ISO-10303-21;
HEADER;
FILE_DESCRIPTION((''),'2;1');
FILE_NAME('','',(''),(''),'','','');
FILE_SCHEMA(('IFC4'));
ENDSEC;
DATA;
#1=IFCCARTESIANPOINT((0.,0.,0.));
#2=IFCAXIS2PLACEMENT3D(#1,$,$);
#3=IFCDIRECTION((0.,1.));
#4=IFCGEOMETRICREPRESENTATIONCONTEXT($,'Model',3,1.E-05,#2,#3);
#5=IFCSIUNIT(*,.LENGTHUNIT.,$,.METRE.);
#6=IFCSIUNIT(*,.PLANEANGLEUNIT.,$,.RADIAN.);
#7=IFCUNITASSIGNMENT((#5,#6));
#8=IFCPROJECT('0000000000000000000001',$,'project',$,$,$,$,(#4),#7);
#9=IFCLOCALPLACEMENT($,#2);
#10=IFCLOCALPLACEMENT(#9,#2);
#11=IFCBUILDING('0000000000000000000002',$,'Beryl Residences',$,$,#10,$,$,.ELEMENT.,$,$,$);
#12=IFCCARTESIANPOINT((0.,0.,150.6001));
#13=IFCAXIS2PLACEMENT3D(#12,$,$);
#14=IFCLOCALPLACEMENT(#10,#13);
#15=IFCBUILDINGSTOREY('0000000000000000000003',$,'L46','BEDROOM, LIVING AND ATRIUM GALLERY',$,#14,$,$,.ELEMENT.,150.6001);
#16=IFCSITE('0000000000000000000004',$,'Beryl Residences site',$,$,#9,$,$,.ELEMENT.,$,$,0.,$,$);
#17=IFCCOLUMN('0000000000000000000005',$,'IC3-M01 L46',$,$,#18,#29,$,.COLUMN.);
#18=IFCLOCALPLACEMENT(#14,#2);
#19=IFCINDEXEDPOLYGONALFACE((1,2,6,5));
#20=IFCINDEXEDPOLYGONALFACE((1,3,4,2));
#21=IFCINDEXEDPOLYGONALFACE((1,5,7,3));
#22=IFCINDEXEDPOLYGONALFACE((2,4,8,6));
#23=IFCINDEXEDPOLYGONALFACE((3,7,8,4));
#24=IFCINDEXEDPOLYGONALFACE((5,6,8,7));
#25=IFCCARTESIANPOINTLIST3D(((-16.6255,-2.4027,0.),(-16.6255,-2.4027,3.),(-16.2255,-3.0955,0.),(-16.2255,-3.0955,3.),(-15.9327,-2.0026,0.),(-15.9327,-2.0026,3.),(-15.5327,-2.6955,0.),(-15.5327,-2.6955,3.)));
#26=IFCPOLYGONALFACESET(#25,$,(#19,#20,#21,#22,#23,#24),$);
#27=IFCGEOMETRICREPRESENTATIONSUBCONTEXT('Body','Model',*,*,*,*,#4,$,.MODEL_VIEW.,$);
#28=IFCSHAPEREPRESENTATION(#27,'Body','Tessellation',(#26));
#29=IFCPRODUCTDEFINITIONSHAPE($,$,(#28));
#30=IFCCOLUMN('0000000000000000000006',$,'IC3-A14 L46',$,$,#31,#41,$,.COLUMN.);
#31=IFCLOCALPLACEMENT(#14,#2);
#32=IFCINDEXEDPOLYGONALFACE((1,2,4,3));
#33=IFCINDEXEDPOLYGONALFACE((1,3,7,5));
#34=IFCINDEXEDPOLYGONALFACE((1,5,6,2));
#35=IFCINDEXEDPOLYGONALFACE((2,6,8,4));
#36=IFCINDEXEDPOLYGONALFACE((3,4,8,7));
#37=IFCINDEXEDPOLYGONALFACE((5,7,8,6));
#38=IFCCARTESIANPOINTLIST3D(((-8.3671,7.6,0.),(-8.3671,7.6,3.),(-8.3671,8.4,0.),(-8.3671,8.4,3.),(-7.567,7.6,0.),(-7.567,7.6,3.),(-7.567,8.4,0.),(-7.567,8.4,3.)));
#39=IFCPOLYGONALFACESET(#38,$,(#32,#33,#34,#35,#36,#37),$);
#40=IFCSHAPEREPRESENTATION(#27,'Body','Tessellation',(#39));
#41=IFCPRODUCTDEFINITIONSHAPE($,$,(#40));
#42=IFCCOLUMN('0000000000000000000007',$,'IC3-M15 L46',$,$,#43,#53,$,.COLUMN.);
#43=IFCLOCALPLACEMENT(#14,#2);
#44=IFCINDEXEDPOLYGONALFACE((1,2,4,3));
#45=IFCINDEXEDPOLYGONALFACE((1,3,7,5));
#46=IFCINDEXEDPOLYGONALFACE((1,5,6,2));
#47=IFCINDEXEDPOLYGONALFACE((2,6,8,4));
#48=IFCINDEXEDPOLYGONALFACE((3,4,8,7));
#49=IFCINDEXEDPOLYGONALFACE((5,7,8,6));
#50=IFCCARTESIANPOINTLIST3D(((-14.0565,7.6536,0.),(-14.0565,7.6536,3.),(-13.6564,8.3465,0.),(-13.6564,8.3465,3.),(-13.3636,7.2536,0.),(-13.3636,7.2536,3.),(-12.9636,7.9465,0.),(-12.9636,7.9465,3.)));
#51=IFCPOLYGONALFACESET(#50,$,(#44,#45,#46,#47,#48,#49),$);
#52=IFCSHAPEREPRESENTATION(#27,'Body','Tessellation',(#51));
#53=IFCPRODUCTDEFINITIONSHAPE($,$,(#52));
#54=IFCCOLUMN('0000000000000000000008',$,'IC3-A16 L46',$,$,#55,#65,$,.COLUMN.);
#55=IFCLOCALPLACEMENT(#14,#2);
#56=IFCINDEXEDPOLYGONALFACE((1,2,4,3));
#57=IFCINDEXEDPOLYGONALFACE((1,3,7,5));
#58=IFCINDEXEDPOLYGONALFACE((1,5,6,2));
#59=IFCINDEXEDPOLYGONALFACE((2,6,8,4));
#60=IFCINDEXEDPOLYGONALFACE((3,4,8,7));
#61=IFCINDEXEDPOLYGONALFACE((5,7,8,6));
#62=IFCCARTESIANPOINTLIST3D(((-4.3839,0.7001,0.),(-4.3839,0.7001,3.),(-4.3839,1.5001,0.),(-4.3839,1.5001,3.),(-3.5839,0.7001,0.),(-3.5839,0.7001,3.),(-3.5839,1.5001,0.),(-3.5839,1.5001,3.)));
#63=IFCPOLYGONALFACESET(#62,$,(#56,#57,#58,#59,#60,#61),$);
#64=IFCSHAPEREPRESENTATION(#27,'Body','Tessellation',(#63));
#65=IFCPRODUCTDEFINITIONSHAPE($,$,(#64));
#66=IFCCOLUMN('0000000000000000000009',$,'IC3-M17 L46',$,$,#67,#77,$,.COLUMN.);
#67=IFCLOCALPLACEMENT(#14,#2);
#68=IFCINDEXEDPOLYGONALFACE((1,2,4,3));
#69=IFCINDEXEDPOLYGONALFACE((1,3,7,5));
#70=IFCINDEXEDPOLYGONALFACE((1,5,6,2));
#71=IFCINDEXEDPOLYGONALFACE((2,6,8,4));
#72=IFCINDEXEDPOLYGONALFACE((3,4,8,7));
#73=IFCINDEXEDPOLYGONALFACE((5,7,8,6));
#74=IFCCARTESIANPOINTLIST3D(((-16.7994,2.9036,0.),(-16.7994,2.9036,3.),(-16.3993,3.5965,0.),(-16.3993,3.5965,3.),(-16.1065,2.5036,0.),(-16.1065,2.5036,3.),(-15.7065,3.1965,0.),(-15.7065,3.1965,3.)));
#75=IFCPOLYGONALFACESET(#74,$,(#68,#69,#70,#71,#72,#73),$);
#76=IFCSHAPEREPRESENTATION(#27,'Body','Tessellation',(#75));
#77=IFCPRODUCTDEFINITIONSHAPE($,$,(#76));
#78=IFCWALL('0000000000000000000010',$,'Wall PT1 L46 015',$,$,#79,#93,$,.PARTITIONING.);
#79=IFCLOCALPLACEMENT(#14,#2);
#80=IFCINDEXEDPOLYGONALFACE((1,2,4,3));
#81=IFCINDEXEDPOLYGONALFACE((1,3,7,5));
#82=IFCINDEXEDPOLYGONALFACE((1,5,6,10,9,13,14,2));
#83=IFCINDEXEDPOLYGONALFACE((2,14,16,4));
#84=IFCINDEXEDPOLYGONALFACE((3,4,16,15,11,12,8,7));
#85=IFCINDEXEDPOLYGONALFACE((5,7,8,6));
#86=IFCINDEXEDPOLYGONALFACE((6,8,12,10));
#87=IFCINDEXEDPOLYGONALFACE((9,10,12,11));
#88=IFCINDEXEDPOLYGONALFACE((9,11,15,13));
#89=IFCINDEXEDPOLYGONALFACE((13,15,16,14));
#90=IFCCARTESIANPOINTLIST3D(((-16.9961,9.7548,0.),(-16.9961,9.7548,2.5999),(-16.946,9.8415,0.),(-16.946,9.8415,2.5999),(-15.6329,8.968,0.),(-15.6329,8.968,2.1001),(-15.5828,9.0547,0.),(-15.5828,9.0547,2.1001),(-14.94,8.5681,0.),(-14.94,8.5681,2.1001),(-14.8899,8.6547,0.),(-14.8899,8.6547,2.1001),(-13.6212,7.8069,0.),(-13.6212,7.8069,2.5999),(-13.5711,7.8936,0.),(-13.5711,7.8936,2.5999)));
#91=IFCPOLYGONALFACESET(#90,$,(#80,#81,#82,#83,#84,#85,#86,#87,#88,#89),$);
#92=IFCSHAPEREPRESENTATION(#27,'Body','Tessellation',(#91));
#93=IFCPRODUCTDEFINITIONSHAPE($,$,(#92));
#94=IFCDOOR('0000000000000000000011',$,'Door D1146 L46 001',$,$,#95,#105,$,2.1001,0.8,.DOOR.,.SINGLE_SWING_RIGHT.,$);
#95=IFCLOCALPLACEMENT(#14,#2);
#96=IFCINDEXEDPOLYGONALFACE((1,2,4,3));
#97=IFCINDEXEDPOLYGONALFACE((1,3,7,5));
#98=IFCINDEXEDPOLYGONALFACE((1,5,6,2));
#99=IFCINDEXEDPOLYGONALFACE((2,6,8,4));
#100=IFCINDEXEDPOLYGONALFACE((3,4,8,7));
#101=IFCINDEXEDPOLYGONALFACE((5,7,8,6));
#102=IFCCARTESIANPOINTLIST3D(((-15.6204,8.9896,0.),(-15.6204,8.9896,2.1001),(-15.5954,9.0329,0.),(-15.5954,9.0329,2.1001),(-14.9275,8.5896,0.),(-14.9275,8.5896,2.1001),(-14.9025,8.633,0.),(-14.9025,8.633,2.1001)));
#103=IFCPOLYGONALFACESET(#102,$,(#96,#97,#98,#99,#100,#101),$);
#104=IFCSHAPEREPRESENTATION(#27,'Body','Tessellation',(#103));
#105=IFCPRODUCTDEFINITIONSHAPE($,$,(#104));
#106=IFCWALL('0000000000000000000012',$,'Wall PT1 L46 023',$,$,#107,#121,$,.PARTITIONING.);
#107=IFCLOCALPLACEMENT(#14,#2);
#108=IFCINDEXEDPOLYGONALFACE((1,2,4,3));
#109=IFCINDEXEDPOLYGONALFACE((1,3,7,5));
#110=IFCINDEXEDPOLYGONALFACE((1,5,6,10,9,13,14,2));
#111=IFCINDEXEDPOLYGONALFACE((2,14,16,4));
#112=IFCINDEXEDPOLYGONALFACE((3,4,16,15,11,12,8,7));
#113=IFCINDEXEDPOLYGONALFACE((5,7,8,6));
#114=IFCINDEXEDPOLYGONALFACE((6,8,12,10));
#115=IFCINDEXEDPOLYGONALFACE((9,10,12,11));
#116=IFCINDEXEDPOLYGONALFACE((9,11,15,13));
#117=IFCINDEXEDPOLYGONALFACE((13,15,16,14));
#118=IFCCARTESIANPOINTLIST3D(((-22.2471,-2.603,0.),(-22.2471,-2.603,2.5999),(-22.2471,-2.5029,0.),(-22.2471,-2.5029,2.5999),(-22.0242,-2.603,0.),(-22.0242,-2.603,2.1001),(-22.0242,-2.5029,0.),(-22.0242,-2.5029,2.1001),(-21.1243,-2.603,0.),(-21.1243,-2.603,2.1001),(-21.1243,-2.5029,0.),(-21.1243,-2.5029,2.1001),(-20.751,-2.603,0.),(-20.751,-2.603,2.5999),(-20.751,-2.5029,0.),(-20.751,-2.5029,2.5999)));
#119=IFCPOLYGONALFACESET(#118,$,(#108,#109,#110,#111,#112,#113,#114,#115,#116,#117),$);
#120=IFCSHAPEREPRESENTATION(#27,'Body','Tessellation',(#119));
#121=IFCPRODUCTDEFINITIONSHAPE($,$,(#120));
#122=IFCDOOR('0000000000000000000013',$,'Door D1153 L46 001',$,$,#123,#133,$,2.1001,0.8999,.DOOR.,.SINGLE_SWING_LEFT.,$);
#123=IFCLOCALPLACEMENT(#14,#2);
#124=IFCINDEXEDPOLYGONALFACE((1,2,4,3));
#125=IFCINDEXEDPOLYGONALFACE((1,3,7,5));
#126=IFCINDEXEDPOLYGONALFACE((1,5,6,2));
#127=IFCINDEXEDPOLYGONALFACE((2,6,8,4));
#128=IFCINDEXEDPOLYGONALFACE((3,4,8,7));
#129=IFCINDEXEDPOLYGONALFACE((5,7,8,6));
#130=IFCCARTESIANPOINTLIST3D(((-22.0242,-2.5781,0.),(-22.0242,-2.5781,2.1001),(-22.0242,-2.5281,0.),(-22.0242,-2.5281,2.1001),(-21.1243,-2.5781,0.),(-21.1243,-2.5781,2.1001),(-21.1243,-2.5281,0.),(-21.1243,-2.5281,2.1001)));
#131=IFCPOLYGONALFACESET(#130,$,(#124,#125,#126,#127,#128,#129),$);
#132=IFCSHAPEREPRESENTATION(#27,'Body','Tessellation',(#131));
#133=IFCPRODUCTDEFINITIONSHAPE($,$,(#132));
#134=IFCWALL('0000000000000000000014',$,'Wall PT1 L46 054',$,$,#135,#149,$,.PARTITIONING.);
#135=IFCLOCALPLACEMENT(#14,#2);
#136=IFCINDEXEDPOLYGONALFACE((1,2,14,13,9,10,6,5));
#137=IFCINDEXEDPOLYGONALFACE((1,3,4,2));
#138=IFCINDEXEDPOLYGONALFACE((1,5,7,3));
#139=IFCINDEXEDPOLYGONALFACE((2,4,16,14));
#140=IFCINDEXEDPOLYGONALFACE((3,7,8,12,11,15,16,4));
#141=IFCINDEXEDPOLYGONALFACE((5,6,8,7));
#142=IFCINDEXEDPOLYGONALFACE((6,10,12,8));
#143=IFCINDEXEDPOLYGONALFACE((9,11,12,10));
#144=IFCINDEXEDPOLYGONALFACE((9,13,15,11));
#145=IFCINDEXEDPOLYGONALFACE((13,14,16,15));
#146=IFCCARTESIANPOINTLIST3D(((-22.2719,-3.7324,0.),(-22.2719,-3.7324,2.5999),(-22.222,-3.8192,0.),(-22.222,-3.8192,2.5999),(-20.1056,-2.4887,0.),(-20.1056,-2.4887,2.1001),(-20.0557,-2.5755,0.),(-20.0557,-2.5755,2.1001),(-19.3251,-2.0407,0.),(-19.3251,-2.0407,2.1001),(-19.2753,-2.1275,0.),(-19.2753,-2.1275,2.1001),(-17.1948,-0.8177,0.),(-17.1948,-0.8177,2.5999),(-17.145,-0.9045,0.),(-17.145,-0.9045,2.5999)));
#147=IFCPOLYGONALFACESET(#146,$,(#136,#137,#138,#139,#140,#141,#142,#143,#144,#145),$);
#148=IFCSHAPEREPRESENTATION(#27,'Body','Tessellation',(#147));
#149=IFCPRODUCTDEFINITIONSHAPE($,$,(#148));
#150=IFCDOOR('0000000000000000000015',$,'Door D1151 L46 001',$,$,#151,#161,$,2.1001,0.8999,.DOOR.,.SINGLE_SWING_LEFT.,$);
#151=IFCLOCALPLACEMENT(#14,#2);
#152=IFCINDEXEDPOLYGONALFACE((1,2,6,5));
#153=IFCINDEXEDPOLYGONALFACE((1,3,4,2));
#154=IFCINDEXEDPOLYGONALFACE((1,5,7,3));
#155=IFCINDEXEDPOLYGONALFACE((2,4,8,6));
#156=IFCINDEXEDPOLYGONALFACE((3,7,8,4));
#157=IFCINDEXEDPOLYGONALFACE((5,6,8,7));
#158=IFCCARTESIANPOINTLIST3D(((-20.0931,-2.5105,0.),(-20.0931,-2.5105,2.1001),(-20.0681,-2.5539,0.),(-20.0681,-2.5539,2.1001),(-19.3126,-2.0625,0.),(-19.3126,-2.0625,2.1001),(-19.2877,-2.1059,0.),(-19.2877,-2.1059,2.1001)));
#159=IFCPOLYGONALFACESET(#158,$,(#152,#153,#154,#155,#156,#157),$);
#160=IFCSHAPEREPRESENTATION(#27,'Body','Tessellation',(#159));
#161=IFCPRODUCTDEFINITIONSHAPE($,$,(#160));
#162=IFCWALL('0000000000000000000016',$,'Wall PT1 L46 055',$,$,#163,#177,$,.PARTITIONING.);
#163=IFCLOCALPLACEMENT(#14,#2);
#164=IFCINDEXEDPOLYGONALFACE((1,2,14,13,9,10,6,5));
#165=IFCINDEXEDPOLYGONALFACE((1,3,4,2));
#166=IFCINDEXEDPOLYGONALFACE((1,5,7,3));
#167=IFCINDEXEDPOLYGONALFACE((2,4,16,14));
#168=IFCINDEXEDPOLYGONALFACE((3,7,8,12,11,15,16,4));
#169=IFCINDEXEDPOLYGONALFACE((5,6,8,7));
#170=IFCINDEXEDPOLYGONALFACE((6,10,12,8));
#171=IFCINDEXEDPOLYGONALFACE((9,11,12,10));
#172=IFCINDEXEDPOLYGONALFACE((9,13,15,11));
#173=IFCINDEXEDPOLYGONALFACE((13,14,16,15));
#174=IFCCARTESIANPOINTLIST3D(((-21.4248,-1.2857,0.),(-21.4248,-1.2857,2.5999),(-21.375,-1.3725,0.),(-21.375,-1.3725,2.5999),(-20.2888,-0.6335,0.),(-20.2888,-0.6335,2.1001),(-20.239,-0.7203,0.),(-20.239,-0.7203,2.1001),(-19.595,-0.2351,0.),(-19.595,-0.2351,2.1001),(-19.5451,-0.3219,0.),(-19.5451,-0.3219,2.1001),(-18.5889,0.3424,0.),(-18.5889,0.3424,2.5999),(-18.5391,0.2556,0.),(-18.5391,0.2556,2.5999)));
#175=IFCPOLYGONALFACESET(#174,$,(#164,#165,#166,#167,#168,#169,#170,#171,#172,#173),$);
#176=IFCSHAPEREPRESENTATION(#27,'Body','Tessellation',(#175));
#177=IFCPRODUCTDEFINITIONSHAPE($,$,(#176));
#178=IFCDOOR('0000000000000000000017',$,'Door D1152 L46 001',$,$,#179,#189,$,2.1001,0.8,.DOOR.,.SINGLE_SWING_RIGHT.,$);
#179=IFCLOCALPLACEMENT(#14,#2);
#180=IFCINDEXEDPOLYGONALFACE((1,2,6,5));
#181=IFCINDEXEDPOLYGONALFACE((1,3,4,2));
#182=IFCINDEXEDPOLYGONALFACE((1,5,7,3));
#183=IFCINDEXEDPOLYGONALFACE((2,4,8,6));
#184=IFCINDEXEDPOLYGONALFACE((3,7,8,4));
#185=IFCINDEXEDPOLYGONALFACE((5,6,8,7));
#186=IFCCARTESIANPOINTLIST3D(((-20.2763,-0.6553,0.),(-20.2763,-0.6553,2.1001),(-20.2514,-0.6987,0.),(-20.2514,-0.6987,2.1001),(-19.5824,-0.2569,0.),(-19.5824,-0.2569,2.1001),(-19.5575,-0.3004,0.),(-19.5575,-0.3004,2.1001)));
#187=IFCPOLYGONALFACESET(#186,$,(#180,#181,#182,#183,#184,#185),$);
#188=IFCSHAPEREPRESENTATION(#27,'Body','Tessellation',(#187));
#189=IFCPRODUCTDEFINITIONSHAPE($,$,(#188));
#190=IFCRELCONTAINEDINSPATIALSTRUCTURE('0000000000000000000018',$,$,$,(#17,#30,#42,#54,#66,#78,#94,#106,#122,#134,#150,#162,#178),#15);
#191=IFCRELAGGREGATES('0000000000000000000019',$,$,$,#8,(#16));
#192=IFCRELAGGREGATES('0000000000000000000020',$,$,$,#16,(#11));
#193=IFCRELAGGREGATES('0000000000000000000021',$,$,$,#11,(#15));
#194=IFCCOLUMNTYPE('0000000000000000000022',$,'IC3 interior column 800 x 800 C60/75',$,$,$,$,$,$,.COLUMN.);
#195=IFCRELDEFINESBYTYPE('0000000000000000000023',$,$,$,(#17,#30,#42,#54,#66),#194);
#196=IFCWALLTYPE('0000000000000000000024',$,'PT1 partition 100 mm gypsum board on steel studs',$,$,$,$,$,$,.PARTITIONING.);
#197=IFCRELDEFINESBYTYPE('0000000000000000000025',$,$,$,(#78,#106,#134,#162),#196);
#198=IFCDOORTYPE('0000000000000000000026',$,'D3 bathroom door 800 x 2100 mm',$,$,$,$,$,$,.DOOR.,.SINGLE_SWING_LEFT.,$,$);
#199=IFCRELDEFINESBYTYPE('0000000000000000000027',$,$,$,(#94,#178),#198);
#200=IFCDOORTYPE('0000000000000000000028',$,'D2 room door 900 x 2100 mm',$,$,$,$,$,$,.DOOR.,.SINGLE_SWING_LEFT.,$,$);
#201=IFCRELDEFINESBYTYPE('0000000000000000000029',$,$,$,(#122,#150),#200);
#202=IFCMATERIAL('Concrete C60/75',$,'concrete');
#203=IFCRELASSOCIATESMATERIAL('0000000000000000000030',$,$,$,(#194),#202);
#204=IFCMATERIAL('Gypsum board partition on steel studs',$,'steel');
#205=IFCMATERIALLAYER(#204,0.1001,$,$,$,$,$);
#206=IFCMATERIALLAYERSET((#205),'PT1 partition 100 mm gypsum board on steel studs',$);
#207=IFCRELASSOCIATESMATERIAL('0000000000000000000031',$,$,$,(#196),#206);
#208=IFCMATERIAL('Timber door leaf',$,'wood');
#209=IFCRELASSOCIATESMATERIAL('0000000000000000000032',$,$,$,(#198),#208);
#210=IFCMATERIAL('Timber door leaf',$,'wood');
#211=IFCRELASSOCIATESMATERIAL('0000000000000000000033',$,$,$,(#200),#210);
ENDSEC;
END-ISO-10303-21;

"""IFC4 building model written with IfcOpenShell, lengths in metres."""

from ifc_helpers import new_model, si_unit, direction, frame, frame_2d, origin, origin_2d, place, context, subcontext, project, spatial, rectangle, extrude, material, layer, layer_set, material_profile, profile_set, type_object, element, fill, save


model = new_model("IFC4")

# Units and contexts
model_context = context("Model", 3, precision=1e-05, world=origin(), true_north=direction((0.0, 1.0)))
body_context = subcontext(model_context, "Body", "Model", "MODEL_VIEW")
ifc_project = project(units=[si_unit("LENGTHUNIT", "METRE"), si_unit("PLANEANGLEUNIT", "RADIAN")], contexts=[model_context])

# Site, building, storey
site_placement = place(None, origin())
site = spatial("IfcSite", under=ifc_project, at=site_placement, Name="Beryl Residences site", CompositionType="ELEMENT", RefElevation=0.0)
building_placement = place(site_placement, origin())
building = spatial("IfcBuilding", under=site, at=building_placement, Name="Beryl Residences", CompositionType="ELEMENT")
storey_placement = place(building_placement, frame((0.0, 0.0, 150.6001)))
storey = spatial("IfcBuildingStorey", under=building, at=storey_placement, Name="L46", Description="BEDROOM, LIVING AND ATRIUM GALLERY", CompositionType="ELEMENT", Elevation=150.6001)

# Columns
ifc_material_1 = material(Name="Concrete C60/75", Category="concrete")
ifc_material_profile = material_profile(ifc_material_1, rectangle(XDim=0.8, YDim=0.8, at=origin_2d()))
ifc_profile_set = profile_set([ifc_material_profile], Name="Concrete C60/75")
column_type = type_object("IfcColumnType", Name="IC3 interior column 800 x 800 C60/75", PredefinedType="COLUMN", material=ifc_profile_set)
for number, where, z_axis, x_axis, name in (
    (1, (-16.0791, -2.5491, 0.0), (0.0, 0.0, 1.0), (0.5, -0.866025, 0.0), "IC3-M01 L46"),
    (2, (-7.967, 8.0, 0.0), (0.0, 0.0, 1.0), (1.0, 0.0, 0.0), "IC3-A14 L46"),
    (3, (-13.51, 7.8, 0.0), (0.0, 0.0, 1.0), (-0.5, -0.866025, 0.0), "IC3-M15 L46"),
    (4, (-3.9839, 1.1001, 0.0), (0.0, 0.0, 1.0), (1.0, 0.0, 0.0), "IC3-A16 L46"),
    (5, (-16.2529, 3.05, 0.0), (0.0, 0.0, 1.0), (-0.5, -0.866025, 0.0), "IC3-M17 L46"),
):
    element("IfcColumn", number, at=place(storey_placement, frame(where, z_axis=z_axis, x_axis=x_axis)), inside=storey, type_object=column_type, Name=name, PredefinedType="COLUMN", context=body_context, shape_type="SweptSolid", body=[
        extrude(rectangle(XDim=0.8, YDim=0.8, at=origin_2d()), origin(), (0.0, 0.0, 1.0), 3.0),
    ])

# Walls, openings, doors
ifc_material_2 = material(Name="Gypsum board partition on steel studs", Category="steel")
ifc_layer_1 = layer(ifc_material_2, 0.1001)
ifc_layer_set_1 = layer_set([ifc_layer_1], Name="PT1 partition 100 mm gypsum board on steel studs")
wall_type_1 = type_object("IfcWallType", Name="PT1 partition 100 mm gypsum board on steel studs", PredefinedType="PARTITIONING", material=ifc_layer_set_1)
wall_1_placement = place(storey_placement, frame((-16.9709, 9.7981, 0.0), z_axis=(0.0, 0.0, 1.0), x_axis=(0.866088, -0.499892, 0.0)))
wall_1 = element("IfcWall", 6, at=wall_1_placement, inside=storey, type_object=wall_type_1, Name="Wall PT1 L46 015", PredefinedType="PARTITIONING", context=body_context, shape_type="SweptSolid", body=[
    extrude(rectangle(XDim=3.8967, YDim=0.1001, at=frame_2d((1.9482, 0.0))), origin(), (0.0, 0.0, 1.0), 2.5999),
])
opening_1_placement = place(wall_1_placement, frame((1.574, 0.0, 0.0)))
opening_1 = element("IfcOpeningElement", 7, at=opening_1_placement, cuts=wall_1, PredefinedType="OPENING", context=body_context, shape_type="SweptSolid", body=[
    extrude(rectangle(XDim=0.8, YDim=2.1001, at=frame_2d((0.3999, 1.05))), frame((0.0, 0.0601, 0.0), z_axis=(0.0, -1.0, 0.0), x_axis=(1.0, 0.0, 0.0)), (0.0, 0.0, 1.0), 0.1201),
])
ifc_material_3 = material(Name="Timber door leaf", Category="wood")
door_type_1 = type_object("IfcDoorType", Name="D3 bathroom door 800 x 2100 mm", OperationType="SINGLE_SWING_LEFT", PredefinedType="DOOR", material=ifc_material_3)
door_1_placement = place(opening_1_placement, origin())
door_1 = element("IfcDoor", 8, at=door_1_placement, inside=storey, type_object=door_type_1, Name="Door D1146 L46 001", OperationType="SINGLE_SWING_RIGHT", OverallHeight=2.1001, OverallWidth=0.8, PredefinedType="DOOR", context=body_context, shape_type="SweptSolid", body=[
    extrude(rectangle(XDim=0.8, YDim=2.1001, at=frame_2d((0.3999, 1.05))), frame((0.0, 0.0249, 0.0), z_axis=(0.0, -1.0, 0.0), x_axis=(1.0, 0.0, 0.0)), (0.0, 0.0, 1.0), 0.05),
])
fill(opening_1, door_1)
wall_2_placement = place(storey_placement, frame((-22.2471, -2.553, 0.0), z_axis=(0.0, 0.0, 1.0), x_axis=(1.0, 0.0, 0.0)))
wall_2 = element("IfcWall", 9, at=wall_2_placement, inside=storey, type_object=wall_type_1, Name="Wall PT1 L46 023", PredefinedType="PARTITIONING", context=body_context, shape_type="SweptSolid", body=[
    extrude(rectangle(XDim=1.4961, YDim=0.1001, at=frame_2d((0.748, 0.0))), origin(), (0.0, 0.0, 1.0), 2.5999),
])
opening_2_placement = place(wall_2_placement, frame((0.2229, 0.0, 0.0)))
opening_2 = element("IfcOpeningElement", 10, at=opening_2_placement, cuts=wall_2, PredefinedType="OPENING", context=body_context, shape_type="SweptSolid", body=[
    extrude(rectangle(XDim=0.8999, YDim=2.1001, at=frame_2d((0.45, 1.05))), frame((0.0, 0.0601, 0.0), z_axis=(0.0, -1.0, 0.0), x_axis=(1.0, 0.0, 0.0)), (0.0, 0.0, 1.0), 0.1201),
])
ifc_material_4 = material(Name="Timber door leaf", Category="wood")
door_type_2 = type_object("IfcDoorType", Name="D2 room door 900 x 2100 mm", OperationType="SINGLE_SWING_LEFT", PredefinedType="DOOR", material=ifc_material_4)
door_2_placement = place(opening_2_placement, origin())
door_2 = element("IfcDoor", 11, at=door_2_placement, inside=storey, type_object=door_type_2, Name="Door D1153 L46 001", OperationType="SINGLE_SWING_LEFT", OverallHeight=2.1001, OverallWidth=0.8999, PredefinedType="DOOR", context=body_context, shape_type="SweptSolid", body=[
    extrude(rectangle(XDim=0.8999, YDim=2.1001, at=frame_2d((0.45, 1.05))), frame((0.0, 0.0249, 0.0), z_axis=(0.0, -1.0, 0.0), x_axis=(1.0, 0.0, 0.0)), (0.0, 0.0, 1.0), 0.05),
])
fill(opening_2, door_2)
wall_3_placement = place(storey_placement, frame((-22.2471, -3.7759, 0.0), z_axis=(0.0, 0.0, 1.0), x_axis=(0.867243, 0.497885, 0.0)))
wall_3 = element("IfcWall", 12, at=wall_3_placement, inside=storey, type_object=wall_type_1, Name="Wall PT1 L46 054", PredefinedType="PARTITIONING", context=body_context, shape_type="SweptSolid", body=[
    extrude(rectangle(XDim=5.8542, YDim=0.1001, at=frame_2d((2.9272, 0.0))), origin(), (0.0, 0.0, 1.0), 2.5999),
])
opening_3_placement = place(wall_3_placement, frame((2.498, 0.0, 0.0)))
opening_3 = element("IfcOpeningElement", 13, at=opening_3_placement, cuts=wall_3, PredefinedType="OPENING", context=body_context, shape_type="SweptSolid", body=[
    extrude(rectangle(XDim=0.8999, YDim=2.1001, at=frame_2d((0.45, 1.05))), frame((0.0, 0.0601, 0.0), z_axis=(0.0, -1.0, 0.0), x_axis=(1.0, 0.0, 0.0)), (0.0, 0.0, 1.0), 0.1201),
])
door_3_placement = place(opening_3_placement, origin())
door_3 = element("IfcDoor", 14, at=door_3_placement, inside=storey, type_object=door_type_2, Name="Door D1151 L46 001", OperationType="SINGLE_SWING_LEFT", OverallHeight=2.1001, OverallWidth=0.8999, PredefinedType="DOOR", context=body_context, shape_type="SweptSolid", body=[
    extrude(rectangle(XDim=0.8999, YDim=2.1001, at=frame_2d((0.45, 1.05))), frame((0.0, 0.0249, 0.0), z_axis=(0.0, -1.0, 0.0), x_axis=(1.0, 0.0, 0.0)), (0.0, 0.0, 1.0), 0.05),
])
fill(opening_3, door_3)
wall_4_placement = place(storey_placement, frame((-21.3999, -1.3291, 0.0), z_axis=(0.0, 0.0, 1.0), x_axis=(0.867235, 0.497899, 0.0)))
wall_4 = element("IfcWall", 15, at=wall_4_placement, inside=storey, type_object=wall_type_1, Name="Wall PT1 L46 055", PredefinedType="PARTITIONING", context=body_context, shape_type="SweptSolid", body=[
    extrude(rectangle(XDim=3.27, YDim=0.1001, at=frame_2d((1.635, 0.0))), origin(), (0.0, 0.0, 1.0), 2.5999),
])
opening_4_placement = place(wall_4_placement, frame((1.3101, 0.0, 0.0)))
opening_4 = element("IfcOpeningElement", 16, at=opening_4_placement, cuts=wall_4, PredefinedType="OPENING", context=body_context, shape_type="SweptSolid", body=[
    extrude(rectangle(XDim=0.8, YDim=2.1001, at=frame_2d((0.3999, 1.05))), frame((0.0, 0.0601, 0.0), z_axis=(0.0, -1.0, 0.0), x_axis=(1.0, 0.0, 0.0)), (0.0, 0.0, 1.0), 0.1201),
])
door_4_placement = place(opening_4_placement, origin())
door_4 = element("IfcDoor", 17, at=door_4_placement, inside=storey, type_object=door_type_1, Name="Door D1152 L46 001", OperationType="SINGLE_SWING_RIGHT", OverallHeight=2.1001, OverallWidth=0.8, PredefinedType="DOOR", context=body_context, shape_type="SweptSolid", body=[
    extrude(rectangle(XDim=0.8, YDim=2.1001, at=frame_2d((0.3999, 1.05))), frame((0.0, 0.0249, 0.0), z_axis=(0.0, -1.0, 0.0), x_axis=(1.0, 0.0, 0.0)), (0.0, 0.0, 1.0), 0.05),
])
fill(opening_4, door_4)

save(model, "model.ifc")
